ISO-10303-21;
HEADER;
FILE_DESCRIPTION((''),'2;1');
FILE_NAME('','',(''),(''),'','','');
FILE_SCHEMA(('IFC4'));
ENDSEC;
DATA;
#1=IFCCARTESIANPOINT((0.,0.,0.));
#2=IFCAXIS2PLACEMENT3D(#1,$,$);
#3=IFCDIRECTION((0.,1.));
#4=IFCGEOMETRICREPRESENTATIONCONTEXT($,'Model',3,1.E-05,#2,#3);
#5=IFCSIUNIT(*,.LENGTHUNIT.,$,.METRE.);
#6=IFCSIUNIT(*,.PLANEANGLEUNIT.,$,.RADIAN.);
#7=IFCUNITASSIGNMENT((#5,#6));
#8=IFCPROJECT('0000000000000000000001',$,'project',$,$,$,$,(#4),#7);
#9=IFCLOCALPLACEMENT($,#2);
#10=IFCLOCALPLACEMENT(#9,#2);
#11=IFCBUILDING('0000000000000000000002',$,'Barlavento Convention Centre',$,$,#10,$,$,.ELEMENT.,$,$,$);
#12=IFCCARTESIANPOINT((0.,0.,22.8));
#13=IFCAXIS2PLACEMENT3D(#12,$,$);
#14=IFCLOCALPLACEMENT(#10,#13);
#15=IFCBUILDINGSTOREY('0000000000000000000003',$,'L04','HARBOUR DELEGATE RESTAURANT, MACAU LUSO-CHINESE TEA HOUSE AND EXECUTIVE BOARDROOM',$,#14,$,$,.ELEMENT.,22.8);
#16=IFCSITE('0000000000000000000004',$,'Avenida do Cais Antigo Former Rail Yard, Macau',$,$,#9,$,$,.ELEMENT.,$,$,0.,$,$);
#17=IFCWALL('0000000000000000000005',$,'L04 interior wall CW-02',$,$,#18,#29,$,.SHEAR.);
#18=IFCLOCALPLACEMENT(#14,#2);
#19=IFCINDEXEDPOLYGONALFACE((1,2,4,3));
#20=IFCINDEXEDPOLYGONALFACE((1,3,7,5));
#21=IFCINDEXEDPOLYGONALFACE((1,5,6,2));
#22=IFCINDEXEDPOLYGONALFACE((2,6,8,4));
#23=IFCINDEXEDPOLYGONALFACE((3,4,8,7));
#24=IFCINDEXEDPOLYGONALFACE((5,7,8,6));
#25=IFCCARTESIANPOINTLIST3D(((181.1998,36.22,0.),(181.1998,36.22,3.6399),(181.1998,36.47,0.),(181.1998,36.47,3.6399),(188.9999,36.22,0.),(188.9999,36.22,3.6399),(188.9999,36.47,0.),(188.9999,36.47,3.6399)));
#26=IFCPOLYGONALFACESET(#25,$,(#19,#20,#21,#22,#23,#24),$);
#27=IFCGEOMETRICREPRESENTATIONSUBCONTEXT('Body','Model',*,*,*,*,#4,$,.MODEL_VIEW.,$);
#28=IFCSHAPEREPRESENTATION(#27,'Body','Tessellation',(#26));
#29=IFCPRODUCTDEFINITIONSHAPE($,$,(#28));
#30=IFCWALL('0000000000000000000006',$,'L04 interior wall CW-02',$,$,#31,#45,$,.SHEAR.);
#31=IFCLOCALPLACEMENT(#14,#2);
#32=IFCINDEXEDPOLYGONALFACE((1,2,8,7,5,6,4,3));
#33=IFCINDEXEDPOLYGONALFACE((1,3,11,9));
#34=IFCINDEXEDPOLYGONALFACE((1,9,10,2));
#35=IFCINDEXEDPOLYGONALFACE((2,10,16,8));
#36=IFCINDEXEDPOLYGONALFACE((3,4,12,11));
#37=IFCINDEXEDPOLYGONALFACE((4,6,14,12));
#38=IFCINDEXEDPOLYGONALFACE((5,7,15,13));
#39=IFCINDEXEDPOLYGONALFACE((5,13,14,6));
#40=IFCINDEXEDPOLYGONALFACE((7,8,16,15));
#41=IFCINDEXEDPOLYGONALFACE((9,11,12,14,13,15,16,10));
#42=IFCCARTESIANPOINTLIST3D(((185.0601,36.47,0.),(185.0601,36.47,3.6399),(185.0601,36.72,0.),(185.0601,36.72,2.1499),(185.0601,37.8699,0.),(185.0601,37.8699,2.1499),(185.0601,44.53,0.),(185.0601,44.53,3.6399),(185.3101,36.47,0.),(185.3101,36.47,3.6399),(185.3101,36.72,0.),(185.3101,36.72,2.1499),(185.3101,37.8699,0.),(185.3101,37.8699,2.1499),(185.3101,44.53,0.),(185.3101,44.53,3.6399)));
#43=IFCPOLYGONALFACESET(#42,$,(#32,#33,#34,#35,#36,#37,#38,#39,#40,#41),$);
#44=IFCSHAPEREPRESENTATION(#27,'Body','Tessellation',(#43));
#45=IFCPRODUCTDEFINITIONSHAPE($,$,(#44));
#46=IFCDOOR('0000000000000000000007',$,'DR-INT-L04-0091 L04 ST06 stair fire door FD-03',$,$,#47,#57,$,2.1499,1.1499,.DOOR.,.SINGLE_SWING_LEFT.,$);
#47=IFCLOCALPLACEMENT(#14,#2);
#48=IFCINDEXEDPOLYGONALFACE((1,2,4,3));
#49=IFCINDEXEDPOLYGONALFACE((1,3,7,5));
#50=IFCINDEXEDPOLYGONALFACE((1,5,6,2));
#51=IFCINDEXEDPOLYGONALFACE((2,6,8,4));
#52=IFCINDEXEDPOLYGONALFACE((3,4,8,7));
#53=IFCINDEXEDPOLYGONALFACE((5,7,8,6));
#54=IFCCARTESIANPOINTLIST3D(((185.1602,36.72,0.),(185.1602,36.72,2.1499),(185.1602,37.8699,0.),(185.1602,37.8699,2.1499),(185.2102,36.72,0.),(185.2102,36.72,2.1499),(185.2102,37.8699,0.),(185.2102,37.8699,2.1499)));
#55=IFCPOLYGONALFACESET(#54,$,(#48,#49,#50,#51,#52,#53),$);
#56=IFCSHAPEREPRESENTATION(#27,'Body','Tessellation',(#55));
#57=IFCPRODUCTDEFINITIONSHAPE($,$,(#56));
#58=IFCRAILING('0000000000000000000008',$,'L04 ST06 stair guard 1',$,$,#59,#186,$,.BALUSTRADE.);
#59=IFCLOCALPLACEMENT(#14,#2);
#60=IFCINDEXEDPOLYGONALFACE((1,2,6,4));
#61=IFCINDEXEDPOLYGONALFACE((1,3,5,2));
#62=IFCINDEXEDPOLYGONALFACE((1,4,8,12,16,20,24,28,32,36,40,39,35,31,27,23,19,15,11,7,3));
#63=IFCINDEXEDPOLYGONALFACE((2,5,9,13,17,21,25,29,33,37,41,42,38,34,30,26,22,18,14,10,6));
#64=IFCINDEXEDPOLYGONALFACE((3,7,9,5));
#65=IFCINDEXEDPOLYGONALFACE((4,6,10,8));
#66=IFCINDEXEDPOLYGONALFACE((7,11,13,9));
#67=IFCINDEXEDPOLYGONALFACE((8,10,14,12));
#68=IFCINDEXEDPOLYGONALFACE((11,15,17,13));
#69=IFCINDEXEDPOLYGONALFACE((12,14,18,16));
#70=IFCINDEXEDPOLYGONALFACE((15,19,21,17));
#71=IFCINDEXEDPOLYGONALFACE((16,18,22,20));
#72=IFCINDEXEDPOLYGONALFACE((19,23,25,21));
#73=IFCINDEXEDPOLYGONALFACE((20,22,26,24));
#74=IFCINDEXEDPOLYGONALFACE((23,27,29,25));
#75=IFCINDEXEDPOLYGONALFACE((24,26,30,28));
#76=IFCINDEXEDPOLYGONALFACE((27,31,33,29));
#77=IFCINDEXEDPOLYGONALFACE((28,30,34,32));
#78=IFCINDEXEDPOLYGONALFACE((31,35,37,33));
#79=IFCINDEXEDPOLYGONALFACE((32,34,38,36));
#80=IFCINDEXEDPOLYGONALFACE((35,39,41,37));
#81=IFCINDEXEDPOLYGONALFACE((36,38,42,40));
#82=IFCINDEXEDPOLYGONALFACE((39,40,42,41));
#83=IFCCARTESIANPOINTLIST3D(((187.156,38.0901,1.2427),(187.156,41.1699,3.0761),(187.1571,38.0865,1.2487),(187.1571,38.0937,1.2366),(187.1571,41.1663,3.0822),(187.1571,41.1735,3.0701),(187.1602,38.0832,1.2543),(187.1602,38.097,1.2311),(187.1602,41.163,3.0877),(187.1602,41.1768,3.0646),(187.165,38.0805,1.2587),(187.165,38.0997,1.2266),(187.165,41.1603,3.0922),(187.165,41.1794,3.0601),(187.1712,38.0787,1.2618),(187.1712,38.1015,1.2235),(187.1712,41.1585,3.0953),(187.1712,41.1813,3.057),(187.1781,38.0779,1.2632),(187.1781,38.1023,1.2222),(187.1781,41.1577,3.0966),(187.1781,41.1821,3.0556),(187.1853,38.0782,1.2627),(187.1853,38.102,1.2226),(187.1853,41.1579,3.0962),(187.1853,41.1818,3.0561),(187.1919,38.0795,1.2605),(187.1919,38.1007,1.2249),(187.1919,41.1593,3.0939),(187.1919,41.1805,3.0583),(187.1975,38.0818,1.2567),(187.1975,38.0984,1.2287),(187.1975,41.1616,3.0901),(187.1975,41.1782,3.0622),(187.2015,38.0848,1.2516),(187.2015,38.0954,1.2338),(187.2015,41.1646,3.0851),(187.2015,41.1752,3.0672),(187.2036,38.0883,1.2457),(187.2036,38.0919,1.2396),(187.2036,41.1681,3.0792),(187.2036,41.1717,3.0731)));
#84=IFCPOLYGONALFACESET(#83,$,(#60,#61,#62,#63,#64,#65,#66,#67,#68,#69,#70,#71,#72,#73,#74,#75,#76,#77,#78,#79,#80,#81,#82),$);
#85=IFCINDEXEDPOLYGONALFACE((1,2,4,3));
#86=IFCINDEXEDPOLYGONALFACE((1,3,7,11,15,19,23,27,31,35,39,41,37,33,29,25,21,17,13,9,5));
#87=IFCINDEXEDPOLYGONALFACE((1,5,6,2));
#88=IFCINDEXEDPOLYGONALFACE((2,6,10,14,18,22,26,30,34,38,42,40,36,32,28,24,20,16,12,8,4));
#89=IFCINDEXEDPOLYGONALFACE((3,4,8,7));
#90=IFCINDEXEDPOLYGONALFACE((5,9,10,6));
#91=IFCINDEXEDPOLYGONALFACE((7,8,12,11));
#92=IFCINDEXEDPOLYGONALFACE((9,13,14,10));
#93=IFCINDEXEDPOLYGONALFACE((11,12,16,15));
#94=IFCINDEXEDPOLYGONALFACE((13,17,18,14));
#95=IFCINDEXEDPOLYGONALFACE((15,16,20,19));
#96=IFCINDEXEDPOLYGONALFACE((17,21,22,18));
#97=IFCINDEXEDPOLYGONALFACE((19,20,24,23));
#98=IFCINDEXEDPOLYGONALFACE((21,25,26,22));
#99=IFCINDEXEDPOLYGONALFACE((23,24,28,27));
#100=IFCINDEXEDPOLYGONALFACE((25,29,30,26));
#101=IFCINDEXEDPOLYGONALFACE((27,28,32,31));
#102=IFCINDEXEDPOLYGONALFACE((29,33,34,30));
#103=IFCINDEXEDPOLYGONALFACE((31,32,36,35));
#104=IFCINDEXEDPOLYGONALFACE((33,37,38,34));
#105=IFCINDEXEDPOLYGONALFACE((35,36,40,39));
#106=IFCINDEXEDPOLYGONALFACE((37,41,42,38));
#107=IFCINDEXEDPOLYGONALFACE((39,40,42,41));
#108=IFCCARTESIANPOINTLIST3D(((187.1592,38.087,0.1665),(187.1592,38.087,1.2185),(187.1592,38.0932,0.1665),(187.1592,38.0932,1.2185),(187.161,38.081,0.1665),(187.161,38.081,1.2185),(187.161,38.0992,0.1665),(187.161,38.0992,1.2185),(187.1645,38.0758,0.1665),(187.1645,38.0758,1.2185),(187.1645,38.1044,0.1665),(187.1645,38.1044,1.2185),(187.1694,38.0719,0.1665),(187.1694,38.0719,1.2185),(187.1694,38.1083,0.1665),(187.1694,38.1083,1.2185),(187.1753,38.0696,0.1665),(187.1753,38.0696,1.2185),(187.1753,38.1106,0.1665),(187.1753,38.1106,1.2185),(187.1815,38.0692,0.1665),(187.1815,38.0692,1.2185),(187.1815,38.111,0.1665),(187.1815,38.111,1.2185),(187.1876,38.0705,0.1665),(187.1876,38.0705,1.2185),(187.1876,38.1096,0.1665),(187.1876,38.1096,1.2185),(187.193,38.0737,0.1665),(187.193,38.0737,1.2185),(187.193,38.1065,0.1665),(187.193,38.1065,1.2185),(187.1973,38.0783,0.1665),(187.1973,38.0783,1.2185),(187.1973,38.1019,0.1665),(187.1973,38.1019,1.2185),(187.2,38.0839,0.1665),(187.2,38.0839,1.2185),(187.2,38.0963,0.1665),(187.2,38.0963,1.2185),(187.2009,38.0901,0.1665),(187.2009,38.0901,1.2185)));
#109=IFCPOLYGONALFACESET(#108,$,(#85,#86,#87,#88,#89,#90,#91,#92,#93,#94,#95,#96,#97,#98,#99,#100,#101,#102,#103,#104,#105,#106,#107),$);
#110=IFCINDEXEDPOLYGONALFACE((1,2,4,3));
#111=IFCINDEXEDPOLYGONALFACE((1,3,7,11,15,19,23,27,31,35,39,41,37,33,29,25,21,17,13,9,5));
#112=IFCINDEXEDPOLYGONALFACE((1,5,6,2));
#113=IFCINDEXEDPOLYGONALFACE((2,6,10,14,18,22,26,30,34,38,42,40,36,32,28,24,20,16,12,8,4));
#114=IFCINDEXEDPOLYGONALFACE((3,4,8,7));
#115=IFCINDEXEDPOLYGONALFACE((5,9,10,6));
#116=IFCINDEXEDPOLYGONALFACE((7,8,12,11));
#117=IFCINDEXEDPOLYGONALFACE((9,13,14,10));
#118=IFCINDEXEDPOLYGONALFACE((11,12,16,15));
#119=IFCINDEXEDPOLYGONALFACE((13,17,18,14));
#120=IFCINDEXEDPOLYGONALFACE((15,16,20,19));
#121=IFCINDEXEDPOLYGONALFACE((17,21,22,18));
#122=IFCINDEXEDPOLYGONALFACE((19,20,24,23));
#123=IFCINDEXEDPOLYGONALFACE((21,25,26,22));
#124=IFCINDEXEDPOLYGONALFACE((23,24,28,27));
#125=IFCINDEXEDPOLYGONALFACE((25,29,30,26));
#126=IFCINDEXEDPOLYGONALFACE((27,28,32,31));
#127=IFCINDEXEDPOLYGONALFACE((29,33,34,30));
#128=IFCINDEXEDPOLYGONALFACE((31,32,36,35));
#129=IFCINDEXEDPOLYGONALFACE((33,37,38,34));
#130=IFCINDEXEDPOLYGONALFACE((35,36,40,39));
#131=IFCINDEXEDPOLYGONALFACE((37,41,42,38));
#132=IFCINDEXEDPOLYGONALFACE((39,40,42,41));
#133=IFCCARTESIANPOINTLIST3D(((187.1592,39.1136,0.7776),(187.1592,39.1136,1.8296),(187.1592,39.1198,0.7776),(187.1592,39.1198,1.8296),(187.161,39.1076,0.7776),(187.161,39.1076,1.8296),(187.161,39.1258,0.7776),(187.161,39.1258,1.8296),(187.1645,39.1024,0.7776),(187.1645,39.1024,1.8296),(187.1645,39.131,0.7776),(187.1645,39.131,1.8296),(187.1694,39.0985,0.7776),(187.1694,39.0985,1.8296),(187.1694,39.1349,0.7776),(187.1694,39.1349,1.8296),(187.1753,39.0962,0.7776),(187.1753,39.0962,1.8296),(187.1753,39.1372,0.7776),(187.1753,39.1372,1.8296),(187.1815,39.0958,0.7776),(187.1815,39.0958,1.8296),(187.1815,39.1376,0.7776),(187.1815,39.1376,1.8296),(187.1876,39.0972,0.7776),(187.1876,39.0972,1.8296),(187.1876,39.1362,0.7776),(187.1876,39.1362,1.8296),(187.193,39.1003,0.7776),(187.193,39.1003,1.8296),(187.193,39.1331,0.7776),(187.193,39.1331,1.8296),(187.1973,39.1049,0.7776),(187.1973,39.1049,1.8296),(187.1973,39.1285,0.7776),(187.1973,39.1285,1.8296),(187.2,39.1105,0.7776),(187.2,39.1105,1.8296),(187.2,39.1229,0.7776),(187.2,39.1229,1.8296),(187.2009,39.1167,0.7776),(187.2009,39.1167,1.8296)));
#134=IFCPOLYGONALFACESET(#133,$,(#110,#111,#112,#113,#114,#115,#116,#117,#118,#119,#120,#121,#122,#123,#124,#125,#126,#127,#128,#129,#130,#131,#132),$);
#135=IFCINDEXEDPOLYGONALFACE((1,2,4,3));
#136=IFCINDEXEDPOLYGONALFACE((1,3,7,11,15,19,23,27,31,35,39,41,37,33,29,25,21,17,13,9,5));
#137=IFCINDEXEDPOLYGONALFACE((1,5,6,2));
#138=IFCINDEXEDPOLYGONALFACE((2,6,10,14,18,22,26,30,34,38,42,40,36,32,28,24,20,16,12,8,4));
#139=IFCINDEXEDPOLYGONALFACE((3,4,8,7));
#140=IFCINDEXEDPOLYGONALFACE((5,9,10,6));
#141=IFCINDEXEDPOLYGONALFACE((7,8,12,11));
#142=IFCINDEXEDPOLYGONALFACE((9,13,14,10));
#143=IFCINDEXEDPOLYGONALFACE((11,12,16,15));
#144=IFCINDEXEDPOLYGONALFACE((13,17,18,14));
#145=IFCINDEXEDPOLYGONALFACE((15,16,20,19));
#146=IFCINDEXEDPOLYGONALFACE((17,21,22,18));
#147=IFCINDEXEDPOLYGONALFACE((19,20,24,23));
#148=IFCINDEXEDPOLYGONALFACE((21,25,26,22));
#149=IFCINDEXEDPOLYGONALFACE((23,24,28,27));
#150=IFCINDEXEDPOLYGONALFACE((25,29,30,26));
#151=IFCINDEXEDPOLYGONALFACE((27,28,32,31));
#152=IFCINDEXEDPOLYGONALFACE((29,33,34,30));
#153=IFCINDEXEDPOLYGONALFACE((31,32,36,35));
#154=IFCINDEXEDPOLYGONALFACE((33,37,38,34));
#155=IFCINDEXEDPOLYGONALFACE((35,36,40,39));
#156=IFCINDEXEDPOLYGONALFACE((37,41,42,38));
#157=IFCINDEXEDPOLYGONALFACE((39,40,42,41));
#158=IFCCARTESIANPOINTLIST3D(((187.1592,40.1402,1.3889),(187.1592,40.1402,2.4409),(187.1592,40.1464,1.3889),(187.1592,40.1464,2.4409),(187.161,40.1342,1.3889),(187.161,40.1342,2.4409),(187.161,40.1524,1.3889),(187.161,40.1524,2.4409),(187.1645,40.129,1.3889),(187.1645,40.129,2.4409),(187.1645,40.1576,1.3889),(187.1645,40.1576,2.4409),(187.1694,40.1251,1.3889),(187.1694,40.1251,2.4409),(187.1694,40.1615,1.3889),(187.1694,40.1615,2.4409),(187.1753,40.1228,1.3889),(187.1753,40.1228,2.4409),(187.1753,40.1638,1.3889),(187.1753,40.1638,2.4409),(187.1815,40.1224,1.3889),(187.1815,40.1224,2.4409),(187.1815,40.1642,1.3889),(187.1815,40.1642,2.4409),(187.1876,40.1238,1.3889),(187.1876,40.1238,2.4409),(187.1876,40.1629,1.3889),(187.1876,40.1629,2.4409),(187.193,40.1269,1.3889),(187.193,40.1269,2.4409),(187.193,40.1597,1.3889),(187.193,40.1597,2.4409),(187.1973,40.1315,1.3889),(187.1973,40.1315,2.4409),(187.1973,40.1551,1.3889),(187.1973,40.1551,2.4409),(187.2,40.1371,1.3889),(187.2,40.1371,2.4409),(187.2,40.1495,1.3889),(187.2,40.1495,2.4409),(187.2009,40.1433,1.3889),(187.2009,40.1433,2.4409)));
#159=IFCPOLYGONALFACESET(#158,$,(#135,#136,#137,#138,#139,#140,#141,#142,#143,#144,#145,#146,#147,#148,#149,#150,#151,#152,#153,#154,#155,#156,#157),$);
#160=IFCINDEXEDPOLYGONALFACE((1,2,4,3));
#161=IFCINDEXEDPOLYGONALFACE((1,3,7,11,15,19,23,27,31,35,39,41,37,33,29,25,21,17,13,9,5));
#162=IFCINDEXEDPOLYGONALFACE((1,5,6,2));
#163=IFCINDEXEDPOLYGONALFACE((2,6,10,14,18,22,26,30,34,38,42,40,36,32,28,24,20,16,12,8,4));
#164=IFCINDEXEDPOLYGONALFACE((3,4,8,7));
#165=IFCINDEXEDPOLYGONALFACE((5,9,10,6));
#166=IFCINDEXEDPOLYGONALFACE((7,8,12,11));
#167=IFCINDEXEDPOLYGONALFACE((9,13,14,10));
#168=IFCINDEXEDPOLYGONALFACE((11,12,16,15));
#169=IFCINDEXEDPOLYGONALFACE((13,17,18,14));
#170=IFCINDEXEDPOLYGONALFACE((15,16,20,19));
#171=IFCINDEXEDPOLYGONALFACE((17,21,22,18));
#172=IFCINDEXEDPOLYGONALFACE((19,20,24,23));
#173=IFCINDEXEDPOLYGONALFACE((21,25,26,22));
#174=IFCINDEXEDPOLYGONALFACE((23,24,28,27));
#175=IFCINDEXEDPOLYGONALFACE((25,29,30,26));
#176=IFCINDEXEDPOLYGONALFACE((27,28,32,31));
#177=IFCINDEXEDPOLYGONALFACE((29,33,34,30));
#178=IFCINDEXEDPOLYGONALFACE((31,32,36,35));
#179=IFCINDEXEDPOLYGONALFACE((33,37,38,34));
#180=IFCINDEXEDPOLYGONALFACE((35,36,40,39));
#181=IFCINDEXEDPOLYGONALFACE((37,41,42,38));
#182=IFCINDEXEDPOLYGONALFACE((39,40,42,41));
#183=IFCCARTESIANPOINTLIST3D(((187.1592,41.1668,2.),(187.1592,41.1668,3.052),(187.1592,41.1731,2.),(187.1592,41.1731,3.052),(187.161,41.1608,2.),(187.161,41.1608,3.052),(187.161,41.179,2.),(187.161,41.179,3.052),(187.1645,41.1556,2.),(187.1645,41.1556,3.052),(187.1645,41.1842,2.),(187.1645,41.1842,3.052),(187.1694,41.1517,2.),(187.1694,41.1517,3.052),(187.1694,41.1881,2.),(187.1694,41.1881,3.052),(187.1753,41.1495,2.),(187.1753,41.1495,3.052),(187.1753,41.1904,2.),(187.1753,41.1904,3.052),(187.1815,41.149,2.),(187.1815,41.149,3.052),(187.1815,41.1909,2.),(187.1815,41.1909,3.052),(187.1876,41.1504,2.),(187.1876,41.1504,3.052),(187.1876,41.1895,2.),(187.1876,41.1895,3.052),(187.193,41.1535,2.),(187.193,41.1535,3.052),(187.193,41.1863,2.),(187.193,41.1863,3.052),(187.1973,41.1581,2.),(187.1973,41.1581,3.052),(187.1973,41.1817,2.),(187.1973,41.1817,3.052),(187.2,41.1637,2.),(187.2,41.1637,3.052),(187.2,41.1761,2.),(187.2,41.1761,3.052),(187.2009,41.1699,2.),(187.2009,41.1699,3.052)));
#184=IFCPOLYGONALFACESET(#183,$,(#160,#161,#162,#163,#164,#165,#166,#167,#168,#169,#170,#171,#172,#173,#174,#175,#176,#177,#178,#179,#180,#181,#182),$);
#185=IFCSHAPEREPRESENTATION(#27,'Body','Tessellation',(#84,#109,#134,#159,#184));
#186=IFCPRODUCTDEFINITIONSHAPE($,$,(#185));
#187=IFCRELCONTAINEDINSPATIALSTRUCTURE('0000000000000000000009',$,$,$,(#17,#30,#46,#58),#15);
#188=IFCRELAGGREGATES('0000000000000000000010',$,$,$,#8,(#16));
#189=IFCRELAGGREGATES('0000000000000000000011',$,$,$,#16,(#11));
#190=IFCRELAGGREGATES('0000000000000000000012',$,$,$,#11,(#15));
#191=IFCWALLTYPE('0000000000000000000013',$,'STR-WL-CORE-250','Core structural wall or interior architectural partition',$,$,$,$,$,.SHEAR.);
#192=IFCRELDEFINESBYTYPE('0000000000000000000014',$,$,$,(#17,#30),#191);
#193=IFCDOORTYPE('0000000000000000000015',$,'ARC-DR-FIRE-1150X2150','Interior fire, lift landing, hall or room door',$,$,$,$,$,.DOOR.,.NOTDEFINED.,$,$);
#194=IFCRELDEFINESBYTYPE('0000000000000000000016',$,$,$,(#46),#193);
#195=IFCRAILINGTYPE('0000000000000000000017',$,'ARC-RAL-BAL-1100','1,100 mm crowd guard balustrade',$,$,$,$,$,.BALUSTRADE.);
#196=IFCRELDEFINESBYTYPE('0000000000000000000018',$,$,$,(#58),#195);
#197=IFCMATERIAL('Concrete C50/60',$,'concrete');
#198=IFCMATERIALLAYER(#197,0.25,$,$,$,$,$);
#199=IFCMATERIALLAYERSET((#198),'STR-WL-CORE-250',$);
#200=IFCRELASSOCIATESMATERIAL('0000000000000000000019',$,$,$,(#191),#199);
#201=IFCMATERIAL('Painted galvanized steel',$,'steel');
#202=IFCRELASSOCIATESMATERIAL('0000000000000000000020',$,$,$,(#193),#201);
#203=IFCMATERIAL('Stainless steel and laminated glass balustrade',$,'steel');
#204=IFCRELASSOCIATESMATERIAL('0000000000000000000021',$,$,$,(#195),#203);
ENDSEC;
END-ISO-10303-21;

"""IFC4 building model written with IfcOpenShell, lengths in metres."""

from ifc_helpers import new_model, si_unit, direction, frame, frame_2d, origin, origin_2d, place, context, subcontext, project, spatial, rectangle, circle, extrude, material, layer, layer_set, type_object, element, fill, save


model = new_model("IFC4")

# Units and contexts
model_context = context("Model", 3, precision=1e-05, world=origin(), true_north=direction((0.0, 1.0)))
body_context = subcontext(model_context, "Body", "Model", "MODEL_VIEW")
ifc_project = project(units=[si_unit("LENGTHUNIT", "METRE"), si_unit("PLANEANGLEUNIT", "RADIAN")], contexts=[model_context])

# Site, building, storey
site_placement = place(None, origin())
site = spatial("IfcSite", under=ifc_project, at=site_placement, Name="Avenida do Cais Antigo Former Rail Yard, Macau", CompositionType="ELEMENT", RefElevation=0.0)
building_placement = place(site_placement, origin())
building = spatial("IfcBuilding", under=site, at=building_placement, Name="Barlavento Convention Centre", CompositionType="ELEMENT")
storey_placement = place(building_placement, frame((0.0, 0.0, 22.8)))
storey = spatial("IfcBuildingStorey", under=building, at=storey_placement, Name="L04", Description="HARBOUR DELEGATE RESTAURANT, MACAU LUSO-CHINESE TEA HOUSE AND EXECUTIVE BOARDROOM", CompositionType="ELEMENT", Elevation=22.8)

# Shared definitions
ifc_material_1 = material(Name="Concrete C50/60", Category="concrete")
ifc_layer_1 = layer(ifc_material_1, 0.25)
ifc_layer_set_1 = layer_set([ifc_layer_1], Name="STR-WL-CORE-250")
wall_type = type_object("IfcWallType", Name="STR-WL-CORE-250", Description="Core structural wall or interior architectural partition", PredefinedType="SHEAR", material=ifc_layer_set_1)
ifc_material_2 = material(Name="Painted galvanized steel", Category="steel")

# Wall
wall_1_placement = place(storey_placement, frame((181.2, 36.345, 0.0), z_axis=(0.0, 0.0, 1.0), x_axis=(1.0, 0.0, 0.0)))
element("IfcWall", 1, at=wall_1_placement, inside=storey, type_object=wall_type, Name="L04 interior wall CW-02", PredefinedType="SHEAR", context=body_context, shape_type="SweptSolid", body=[
    extrude(rectangle(XDim=7.8, YDim=0.25, at=frame_2d((3.8999, 0.0))), origin(), (0.0, 0.0, 1.0), 3.6399),
])

# Wall, opening, door
wall_2_placement = place(storey_placement, frame((185.1851, 36.47, 0.0), z_axis=(0.0, 0.0, 1.0), x_axis=(0.0, 1.0, 0.0)))
wall_2 = element("IfcWall", 2, at=wall_2_placement, inside=storey, type_object=wall_type, Name="L04 interior wall CW-02", PredefinedType="SHEAR", context=body_context, shape_type="SweptSolid", body=[
    extrude(rectangle(XDim=8.0601, YDim=0.25, at=frame_2d((4.03, 0.0))), origin(), (0.0, 0.0, 1.0), 3.6399),
])
opening_1_placement = place(wall_2_placement, frame((0.25, 0.0, 0.0)))
opening_1 = element("IfcOpeningElement", 3, at=opening_1_placement, cuts=wall_2, PredefinedType="OPENING", context=body_context, shape_type="SweptSolid", body=[
    extrude(rectangle(XDim=1.1499, YDim=2.1499, at=frame_2d((0.575, 1.075))), frame((0.0, 0.135, 0.0), z_axis=(0.0, -1.0, 0.0), x_axis=(1.0, 0.0, 0.0)), (0.0, 0.0, 1.0), 0.27),
])
door_type_1 = type_object("IfcDoorType", Name="ARC-DR-FIRE-1150X2150", Description="Interior fire, lift landing, hall or room door", OperationType="NOTDEFINED", PredefinedType="DOOR", material=ifc_material_2)
door_1_placement = place(opening_1_placement, origin())
door_1 = element("IfcDoor", 4, at=door_1_placement, inside=storey, type_object=door_type_1, Name="DR-INT-L04-0091 L04 ST06 stair fire door FD-03", OperationType="SINGLE_SWING_LEFT", OverallHeight=2.1499, OverallWidth=1.1499, PredefinedType="DOOR", context=body_context, shape_type="SweptSolid", body=[
    extrude(rectangle(XDim=1.1499, YDim=2.1499, at=frame_2d((0.575, 1.075))), frame((0.0, 0.0249, 0.0), z_axis=(0.0, -1.0, 0.0), x_axis=(1.0, 0.0, 0.0)), (0.0, 0.0, 1.0), 0.05),
])
fill(opening_1, door_1)

# Railing
ifc_material_3 = material(Name="Stainless steel and laminated glass balustrade", Category="steel")
railing_type = type_object("IfcRailingType", Name="ARC-RAL-BAL-1100", Description="1,100 mm crowd guard balustrade", PredefinedType="BALUSTRADE", material=ifc_material_3)
railing_1_placement = place(storey_placement, frame((187.1799, 38.0901, 0.1665)))
element("IfcRailing", 5, at=railing_1_placement, inside=storey, type_object=railing_type, Name="L04 ST06 stair guard 1", PredefinedType="BALUSTRADE", context=body_context, shape_type="SweptSolid", body=[
    extrude(circle(Radius=0.0239, at=origin_2d()), frame((0.0, 0.0, 1.0762), z_axis=(0.0, 0.859261, 0.511538), x_axis=(-1.0, 0.0, 0.0)), (0.0, 0.0, 1.0), 3.5842),
    extrude(circle(Radius=0.021, at=origin_2d()), origin(), (0.0, 0.0, 1.0), 1.052),
    extrude(circle(Radius=0.021, at=origin_2d()), frame((0.0, 1.0266, 0.6111)), (0.0, 0.0, 1.0), 1.052),
    extrude(circle(Radius=0.021, at=origin_2d()), frame((0.0, 2.0532, 1.2224)), (0.0, 0.0, 1.0), 1.052),
    extrude(circle(Radius=0.021, at=origin_2d()), frame((0.0, 3.0798, 1.8335)), (0.0, 0.0, 1.0), 1.052),
])

save(model, "model.ifc")
